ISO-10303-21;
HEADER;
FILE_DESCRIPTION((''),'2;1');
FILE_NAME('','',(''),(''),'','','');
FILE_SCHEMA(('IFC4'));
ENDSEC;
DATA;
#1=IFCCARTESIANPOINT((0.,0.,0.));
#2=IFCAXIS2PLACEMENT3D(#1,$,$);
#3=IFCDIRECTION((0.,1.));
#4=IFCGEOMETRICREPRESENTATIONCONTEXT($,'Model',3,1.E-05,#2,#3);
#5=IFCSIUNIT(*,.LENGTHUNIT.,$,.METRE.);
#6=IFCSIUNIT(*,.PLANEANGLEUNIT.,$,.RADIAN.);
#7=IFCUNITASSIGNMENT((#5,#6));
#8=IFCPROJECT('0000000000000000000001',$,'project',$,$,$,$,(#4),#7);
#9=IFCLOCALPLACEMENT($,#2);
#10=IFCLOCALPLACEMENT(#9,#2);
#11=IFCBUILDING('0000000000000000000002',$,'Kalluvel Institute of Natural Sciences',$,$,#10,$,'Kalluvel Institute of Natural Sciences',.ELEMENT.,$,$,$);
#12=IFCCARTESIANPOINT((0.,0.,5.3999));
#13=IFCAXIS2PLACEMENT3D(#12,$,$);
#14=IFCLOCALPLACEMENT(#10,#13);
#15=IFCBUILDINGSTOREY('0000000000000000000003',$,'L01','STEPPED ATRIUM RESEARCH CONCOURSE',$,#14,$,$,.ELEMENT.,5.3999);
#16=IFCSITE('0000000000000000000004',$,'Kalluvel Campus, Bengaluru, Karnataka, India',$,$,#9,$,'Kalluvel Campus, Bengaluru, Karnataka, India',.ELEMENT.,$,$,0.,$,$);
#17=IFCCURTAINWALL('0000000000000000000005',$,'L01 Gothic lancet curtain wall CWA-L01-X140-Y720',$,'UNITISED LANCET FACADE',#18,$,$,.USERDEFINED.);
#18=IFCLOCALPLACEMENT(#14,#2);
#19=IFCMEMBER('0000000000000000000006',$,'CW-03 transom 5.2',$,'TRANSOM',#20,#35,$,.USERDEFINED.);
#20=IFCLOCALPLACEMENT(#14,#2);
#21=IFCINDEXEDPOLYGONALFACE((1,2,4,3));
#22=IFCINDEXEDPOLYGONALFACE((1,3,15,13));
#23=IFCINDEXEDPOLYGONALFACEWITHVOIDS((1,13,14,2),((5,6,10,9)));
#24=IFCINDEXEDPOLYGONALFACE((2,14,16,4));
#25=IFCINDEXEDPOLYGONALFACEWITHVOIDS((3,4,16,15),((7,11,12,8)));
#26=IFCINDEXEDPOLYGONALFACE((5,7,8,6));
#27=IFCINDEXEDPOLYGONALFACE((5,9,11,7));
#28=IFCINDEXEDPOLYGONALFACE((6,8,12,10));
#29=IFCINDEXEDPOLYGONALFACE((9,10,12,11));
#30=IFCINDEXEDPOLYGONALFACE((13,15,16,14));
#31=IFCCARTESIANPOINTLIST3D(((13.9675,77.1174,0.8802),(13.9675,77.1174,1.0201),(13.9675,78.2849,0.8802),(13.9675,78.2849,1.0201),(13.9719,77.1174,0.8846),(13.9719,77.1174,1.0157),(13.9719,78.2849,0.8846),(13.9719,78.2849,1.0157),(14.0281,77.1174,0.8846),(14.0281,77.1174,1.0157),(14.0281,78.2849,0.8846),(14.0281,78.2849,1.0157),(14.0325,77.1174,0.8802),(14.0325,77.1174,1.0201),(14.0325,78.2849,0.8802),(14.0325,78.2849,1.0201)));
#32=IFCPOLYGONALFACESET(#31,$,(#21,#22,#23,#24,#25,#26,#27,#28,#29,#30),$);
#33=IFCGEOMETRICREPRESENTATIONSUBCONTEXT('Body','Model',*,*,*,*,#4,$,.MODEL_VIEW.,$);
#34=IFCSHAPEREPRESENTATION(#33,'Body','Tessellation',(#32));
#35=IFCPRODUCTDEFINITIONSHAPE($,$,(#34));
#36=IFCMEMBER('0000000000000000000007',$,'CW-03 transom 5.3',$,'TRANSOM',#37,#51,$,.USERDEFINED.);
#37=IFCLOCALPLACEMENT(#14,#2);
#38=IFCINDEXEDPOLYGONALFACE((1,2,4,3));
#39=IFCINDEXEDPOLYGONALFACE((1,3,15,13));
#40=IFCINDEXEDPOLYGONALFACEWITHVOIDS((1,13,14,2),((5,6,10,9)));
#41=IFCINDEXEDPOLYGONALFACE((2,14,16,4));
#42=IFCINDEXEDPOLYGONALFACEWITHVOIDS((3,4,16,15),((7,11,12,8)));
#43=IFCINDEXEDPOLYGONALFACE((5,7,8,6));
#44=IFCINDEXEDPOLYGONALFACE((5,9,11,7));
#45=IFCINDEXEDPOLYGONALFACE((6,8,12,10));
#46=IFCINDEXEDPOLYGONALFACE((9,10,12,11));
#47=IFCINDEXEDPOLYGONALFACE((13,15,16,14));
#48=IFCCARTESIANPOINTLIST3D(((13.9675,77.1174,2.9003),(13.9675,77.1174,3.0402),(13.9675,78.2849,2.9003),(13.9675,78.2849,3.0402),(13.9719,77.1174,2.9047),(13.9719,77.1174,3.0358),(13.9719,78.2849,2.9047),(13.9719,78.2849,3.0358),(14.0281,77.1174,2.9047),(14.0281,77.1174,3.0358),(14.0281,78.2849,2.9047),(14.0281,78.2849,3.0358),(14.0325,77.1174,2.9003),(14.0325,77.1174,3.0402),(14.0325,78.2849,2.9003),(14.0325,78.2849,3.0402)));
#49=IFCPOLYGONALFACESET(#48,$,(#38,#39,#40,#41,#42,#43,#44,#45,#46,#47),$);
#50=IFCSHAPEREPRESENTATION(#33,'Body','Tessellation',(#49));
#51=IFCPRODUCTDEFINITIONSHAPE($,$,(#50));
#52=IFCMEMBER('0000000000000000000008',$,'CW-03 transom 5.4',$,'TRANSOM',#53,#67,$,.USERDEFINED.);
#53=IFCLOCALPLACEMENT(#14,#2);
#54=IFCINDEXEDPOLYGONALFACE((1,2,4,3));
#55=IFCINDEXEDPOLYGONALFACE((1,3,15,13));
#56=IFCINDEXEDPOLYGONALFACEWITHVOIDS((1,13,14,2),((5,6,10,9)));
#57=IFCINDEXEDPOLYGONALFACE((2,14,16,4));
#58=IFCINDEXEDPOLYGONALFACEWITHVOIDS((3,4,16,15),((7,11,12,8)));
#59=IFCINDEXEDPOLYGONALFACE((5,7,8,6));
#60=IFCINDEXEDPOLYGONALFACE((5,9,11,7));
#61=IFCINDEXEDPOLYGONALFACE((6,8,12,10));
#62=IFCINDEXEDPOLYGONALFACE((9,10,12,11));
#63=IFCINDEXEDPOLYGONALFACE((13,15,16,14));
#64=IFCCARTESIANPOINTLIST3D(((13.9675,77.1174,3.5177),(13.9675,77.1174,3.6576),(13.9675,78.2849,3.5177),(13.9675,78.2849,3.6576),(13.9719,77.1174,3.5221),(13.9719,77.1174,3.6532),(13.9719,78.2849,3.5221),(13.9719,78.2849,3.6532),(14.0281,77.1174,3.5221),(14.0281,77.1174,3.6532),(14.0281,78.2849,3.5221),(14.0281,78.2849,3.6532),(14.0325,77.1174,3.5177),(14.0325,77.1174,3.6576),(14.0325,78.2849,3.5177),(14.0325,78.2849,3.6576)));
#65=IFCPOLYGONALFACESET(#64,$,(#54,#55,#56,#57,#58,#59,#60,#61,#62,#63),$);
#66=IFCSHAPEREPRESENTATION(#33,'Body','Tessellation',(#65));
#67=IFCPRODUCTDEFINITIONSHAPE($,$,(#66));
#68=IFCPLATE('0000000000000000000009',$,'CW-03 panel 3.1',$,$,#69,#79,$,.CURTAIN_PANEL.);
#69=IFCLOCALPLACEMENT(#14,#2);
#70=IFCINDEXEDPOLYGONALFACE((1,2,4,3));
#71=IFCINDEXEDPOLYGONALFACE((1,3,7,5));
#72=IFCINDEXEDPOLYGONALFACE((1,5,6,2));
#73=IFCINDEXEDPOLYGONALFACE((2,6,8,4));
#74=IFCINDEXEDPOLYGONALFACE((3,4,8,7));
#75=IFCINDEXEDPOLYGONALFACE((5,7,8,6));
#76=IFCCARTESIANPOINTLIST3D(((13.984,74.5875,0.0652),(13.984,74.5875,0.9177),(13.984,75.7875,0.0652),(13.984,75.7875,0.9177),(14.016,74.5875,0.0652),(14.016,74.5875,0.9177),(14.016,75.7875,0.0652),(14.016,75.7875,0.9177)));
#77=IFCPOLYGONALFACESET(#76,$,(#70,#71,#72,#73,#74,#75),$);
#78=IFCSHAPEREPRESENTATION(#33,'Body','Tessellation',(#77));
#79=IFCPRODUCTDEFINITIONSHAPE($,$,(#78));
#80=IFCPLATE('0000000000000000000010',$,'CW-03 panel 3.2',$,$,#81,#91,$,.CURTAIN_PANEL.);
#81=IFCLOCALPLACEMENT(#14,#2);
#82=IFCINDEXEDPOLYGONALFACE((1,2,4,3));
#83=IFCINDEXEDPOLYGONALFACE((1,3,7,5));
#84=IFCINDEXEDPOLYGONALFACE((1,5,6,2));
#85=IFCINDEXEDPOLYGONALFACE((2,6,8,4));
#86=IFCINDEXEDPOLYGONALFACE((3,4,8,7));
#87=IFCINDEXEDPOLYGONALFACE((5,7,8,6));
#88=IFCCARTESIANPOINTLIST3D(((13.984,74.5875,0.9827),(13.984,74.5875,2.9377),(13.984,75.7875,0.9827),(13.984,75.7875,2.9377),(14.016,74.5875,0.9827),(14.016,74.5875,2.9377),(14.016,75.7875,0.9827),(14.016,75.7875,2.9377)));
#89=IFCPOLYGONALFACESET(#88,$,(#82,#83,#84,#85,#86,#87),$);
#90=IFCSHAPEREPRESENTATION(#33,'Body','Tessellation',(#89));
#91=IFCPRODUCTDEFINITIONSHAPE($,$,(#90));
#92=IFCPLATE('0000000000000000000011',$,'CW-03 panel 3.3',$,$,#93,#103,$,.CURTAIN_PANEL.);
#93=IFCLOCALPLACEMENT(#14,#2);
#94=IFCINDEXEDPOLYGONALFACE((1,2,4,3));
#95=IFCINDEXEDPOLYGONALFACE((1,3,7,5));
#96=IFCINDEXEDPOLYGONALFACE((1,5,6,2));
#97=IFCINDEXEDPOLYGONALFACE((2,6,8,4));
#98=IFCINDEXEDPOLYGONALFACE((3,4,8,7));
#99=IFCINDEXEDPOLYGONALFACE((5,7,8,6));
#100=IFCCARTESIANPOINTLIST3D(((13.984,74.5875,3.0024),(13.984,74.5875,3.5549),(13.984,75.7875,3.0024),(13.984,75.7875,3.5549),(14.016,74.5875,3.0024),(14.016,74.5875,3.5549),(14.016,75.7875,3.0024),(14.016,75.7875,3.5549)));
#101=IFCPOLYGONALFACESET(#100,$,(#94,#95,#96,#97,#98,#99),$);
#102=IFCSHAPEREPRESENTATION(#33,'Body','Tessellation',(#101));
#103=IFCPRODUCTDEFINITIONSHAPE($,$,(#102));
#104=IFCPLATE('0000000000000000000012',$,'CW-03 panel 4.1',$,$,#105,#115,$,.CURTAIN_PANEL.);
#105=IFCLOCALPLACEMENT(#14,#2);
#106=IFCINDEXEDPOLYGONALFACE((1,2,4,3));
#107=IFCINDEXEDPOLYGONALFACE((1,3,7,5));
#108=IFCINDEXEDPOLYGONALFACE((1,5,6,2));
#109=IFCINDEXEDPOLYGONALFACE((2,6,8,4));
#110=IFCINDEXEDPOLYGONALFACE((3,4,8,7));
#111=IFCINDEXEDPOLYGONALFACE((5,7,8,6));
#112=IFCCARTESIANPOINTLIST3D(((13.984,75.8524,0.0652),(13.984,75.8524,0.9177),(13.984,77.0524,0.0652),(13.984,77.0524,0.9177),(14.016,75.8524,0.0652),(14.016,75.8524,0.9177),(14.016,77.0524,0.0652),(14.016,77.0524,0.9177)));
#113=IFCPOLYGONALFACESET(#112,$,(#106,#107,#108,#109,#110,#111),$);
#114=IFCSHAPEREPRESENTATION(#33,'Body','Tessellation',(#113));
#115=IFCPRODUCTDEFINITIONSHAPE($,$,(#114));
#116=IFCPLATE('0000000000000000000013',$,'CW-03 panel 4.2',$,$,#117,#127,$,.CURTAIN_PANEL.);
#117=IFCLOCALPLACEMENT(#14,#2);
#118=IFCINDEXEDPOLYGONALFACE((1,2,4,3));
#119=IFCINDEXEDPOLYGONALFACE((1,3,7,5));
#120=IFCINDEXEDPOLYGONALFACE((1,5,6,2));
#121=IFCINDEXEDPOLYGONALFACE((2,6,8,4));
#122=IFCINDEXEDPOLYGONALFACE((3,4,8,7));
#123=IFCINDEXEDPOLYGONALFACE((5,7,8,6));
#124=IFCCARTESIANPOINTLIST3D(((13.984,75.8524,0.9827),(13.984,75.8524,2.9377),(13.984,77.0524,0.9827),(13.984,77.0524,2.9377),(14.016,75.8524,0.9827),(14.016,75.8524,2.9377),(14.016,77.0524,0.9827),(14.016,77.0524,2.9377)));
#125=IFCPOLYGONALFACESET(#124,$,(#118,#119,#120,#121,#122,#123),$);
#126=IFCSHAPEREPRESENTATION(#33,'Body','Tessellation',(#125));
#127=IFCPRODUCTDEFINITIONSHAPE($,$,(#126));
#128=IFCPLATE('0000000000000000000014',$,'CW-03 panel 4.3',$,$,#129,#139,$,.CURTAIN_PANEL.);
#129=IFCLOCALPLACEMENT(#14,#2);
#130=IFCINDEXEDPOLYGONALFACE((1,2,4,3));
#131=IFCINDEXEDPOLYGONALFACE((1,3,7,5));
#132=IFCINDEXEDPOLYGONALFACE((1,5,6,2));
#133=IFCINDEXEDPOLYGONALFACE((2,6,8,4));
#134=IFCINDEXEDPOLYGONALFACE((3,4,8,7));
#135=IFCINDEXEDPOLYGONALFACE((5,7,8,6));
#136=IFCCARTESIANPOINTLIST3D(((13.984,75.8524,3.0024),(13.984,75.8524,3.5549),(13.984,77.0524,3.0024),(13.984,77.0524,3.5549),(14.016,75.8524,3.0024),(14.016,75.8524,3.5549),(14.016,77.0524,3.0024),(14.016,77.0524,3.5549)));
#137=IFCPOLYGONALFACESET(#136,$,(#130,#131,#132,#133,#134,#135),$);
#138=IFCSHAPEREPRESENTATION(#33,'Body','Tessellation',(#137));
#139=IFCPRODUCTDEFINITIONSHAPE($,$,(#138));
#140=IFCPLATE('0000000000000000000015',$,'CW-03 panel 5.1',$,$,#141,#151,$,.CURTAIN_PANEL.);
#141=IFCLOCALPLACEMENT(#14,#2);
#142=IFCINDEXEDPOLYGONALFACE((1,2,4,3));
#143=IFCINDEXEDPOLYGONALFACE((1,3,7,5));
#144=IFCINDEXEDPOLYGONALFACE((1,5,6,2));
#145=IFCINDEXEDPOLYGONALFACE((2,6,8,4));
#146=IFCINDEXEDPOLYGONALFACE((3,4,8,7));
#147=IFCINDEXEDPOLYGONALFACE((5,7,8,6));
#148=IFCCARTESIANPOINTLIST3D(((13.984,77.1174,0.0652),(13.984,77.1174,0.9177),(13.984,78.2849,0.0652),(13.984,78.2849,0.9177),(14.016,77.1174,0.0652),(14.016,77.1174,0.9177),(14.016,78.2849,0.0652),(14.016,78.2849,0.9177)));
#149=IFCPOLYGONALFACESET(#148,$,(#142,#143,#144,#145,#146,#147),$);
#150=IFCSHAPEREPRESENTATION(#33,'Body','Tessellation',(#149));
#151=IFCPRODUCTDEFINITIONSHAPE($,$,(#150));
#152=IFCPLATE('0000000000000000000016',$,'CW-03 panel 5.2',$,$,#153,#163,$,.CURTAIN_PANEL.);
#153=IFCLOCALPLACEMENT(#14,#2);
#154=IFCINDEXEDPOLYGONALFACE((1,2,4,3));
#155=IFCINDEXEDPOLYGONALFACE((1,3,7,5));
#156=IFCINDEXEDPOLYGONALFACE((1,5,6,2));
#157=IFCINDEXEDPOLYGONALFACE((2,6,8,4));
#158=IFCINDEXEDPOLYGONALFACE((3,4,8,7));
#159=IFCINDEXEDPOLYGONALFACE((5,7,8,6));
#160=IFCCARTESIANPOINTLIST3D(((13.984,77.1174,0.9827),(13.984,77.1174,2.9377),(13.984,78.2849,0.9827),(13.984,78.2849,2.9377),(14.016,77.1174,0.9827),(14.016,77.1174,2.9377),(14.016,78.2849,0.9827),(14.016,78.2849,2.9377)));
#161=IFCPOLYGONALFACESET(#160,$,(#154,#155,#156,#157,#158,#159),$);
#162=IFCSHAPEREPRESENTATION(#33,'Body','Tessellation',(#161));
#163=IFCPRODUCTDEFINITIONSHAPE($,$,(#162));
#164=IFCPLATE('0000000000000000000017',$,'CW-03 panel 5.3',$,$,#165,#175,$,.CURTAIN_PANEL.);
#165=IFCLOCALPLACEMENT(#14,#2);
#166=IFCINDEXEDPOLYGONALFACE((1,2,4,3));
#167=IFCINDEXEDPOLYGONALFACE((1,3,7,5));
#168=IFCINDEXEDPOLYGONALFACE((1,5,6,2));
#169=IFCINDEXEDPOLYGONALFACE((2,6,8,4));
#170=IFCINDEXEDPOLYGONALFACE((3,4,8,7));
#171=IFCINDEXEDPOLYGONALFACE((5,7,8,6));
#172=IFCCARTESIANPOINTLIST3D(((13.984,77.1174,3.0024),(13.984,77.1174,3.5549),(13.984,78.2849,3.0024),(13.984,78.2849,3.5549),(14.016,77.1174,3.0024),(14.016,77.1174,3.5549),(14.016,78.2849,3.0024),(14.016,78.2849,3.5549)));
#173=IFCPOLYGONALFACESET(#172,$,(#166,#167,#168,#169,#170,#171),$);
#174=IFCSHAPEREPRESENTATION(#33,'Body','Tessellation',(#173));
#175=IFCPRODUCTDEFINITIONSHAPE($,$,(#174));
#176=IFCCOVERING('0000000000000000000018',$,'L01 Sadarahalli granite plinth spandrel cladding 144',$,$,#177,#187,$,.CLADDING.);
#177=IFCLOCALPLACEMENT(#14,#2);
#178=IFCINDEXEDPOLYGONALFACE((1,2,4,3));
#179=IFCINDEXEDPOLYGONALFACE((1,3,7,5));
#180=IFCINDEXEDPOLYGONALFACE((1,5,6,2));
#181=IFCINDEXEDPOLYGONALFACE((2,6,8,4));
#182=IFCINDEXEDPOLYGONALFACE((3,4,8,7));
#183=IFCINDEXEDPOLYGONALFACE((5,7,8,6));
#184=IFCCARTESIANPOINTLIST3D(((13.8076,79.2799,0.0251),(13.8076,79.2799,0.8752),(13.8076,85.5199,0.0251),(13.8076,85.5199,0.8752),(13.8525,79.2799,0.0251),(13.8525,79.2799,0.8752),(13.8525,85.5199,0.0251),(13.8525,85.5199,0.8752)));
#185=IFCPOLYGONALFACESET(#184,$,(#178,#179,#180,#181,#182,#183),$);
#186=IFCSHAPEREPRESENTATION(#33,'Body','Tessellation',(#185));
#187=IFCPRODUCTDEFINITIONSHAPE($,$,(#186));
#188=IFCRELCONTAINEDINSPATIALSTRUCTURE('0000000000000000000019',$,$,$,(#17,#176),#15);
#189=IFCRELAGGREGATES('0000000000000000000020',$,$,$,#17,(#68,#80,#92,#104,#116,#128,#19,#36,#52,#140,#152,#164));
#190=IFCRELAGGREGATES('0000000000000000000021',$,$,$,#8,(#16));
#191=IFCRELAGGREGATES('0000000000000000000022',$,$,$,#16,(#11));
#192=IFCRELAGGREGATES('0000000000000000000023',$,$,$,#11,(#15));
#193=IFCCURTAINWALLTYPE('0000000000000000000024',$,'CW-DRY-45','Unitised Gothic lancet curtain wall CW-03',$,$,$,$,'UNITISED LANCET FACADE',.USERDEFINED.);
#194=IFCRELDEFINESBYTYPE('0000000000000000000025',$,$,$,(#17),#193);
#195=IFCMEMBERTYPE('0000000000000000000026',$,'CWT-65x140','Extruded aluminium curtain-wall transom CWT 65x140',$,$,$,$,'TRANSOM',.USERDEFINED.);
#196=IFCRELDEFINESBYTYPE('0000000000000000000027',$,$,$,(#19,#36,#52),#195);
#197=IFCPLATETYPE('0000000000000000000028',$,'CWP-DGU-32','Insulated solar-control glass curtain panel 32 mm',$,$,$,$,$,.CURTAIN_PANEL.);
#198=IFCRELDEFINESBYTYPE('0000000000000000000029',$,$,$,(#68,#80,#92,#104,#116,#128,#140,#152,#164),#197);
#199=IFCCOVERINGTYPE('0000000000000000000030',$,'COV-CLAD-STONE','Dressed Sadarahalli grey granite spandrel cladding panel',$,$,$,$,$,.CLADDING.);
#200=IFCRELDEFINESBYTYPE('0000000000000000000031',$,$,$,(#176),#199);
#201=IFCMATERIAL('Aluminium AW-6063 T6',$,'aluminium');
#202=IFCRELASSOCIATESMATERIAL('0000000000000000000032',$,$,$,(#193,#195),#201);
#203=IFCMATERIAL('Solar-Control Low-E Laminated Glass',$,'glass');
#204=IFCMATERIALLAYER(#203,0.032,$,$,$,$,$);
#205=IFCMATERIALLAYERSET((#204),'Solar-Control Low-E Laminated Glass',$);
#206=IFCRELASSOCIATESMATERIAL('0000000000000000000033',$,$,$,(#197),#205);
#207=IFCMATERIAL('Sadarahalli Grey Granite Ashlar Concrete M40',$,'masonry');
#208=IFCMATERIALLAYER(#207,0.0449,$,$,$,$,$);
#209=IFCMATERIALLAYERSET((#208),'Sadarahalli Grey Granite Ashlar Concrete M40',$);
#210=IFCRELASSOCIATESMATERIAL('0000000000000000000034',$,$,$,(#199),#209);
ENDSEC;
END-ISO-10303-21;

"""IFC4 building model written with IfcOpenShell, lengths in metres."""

from ifc_helpers import new_model, si_unit, direction, frame, origin, origin_2d, place, context, subcontext, project, spatial, rectangle, hollow_rectangle, extrude, material, layer, layer_set, material_profile, profile_set, type_object, element, aggregate, save


model = new_model("IFC4")

# Units and contexts
model_context = context("Model", 3, precision=1e-05, world=origin(), true_north=direction((0.0, 1.0)))
body_context = subcontext(model_context, "Body", "Model", "MODEL_VIEW")
ifc_project = project(units=[si_unit("LENGTHUNIT", "METRE"), si_unit("PLANEANGLEUNIT", "RADIAN")], contexts=[model_context])

# Site, building, storey
site_placement = place(None, origin())
site = spatial("IfcSite", under=ifc_project, at=site_placement, Name="Kalluvel Campus, Bengaluru, Karnataka, India", LongName="Kalluvel Campus, Bengaluru, Karnataka, India", CompositionType="ELEMENT", RefElevation=0.0)
building_placement = place(site_placement, origin())
building = spatial("IfcBuilding", under=site, at=building_placement, Name="Kalluvel Institute of Natural Sciences", LongName="Kalluvel Institute of Natural Sciences", CompositionType="ELEMENT")
storey_placement = place(building_placement, frame((0.0, 0.0, 5.3999)))
storey = spatial("IfcBuildingStorey", under=building, at=storey_placement, Name="L01", Description="STEPPED ATRIUM RESEARCH CONCOURSE", CompositionType="ELEMENT", Elevation=5.3999)

# Curtain wall, members, plates
ifc_material_1 = material(Name="Aluminium AW-6063 T6", Category="aluminium")
curtain_wall_type = type_object("IfcCurtainWallType", Name="CW-DRY-45", Description="Unitised Gothic lancet curtain wall CW-03", ElementType="UNITISED LANCET FACADE", PredefinedType="USERDEFINED", material=ifc_material_1)
curtain_wall_placement = place(storey_placement, origin())
curtain_wall = element("IfcCurtainWall", 1, at=curtain_wall_placement, inside=storey, type_object=curtain_wall_type, Name="L01 Gothic lancet curtain wall CWA-L01-X140-Y720", ObjectType="UNITISED LANCET FACADE", PredefinedType="USERDEFINED")
ifc_material_profile_1 = material_profile(ifc_material_1, hollow_rectangle(XDim=0.0649, YDim=0.1399, WallThickness=0.0044, at=origin_2d()), Name="CWT 65x140")
ifc_profile_set_1 = profile_set([ifc_material_profile_1], Name="Aluminium AW-6063 T6")
member_type_1 = type_object("IfcMemberType", Name="CWT-65x140", Description="Extruded aluminium curtain-wall transom CWT 65x140", ElementType="TRANSOM", PredefinedType="USERDEFINED", material=ifc_profile_set_1)
member_1_placement = place(storey_placement, frame((14.0, 77.1174, 0.9502), z_axis=(0.0, 1.0, 0.0), x_axis=(-1.0, 0.0, 0.0)))
member_1 = element("IfcMember", 2, at=member_1_placement, type_object=member_type_1, Name="CW-03 transom 5.2", ObjectType="TRANSOM", PredefinedType="USERDEFINED", context=body_context, shape_type="SweptSolid", body=[
    extrude(hollow_rectangle(XDim=0.0649, YDim=0.1399, WallThickness=0.0044, at=origin_2d()), origin(), (0.0, 0.0, 1.0), 1.1675),
])
member_2_placement = place(storey_placement, frame((14.0, 77.1174, 2.9702), z_axis=(0.0, 1.0, 0.0), x_axis=(-1.0, 0.0, 0.0)))
member_2 = element("IfcMember", 3, at=member_2_placement, type_object=member_type_1, Name="CW-03 transom 5.3", ObjectType="TRANSOM", PredefinedType="USERDEFINED", context=body_context, shape_type="SweptSolid", body=[
    extrude(hollow_rectangle(XDim=0.0649, YDim=0.1399, WallThickness=0.0044, at=origin_2d()), origin(), (0.0, 0.0, 1.0), 1.1675),
])
member_3_placement = place(storey_placement, frame((14.0, 77.1174, 3.5876), z_axis=(0.0, 1.0, 0.0), x_axis=(-1.0, 0.0, 0.0)))
member_3 = element("IfcMember", 4, at=member_3_placement, type_object=member_type_1, Name="CW-03 transom 5.4", ObjectType="TRANSOM", PredefinedType="USERDEFINED", context=body_context, shape_type="SweptSolid", body=[
    extrude(hollow_rectangle(XDim=0.0649, YDim=0.1399, WallThickness=0.0044, at=origin_2d()), origin(), (0.0, 0.0, 1.0), 1.1675),
])
ifc_material_2 = material(Name="Solar-Control Low-E Laminated Glass", Category="glass")
ifc_layer_1 = layer(ifc_material_2, 0.032)
ifc_layer_set_1 = layer_set([ifc_layer_1], Name="Solar-Control Low-E Laminated Glass")
plate_type = type_object("IfcPlateType", Name="CWP-DGU-32", Description="Insulated solar-control glass curtain panel 32 mm", PredefinedType="CURTAIN_PANEL", material=ifc_layer_set_1)
plate_1_placement = place(storey_placement, frame((14.0, 75.1875, 0.0652), z_axis=(0.0, 0.0, 1.0), x_axis=(0.0, 1.0, 0.0)))
plate_1 = element("IfcPlate", 5, at=plate_1_placement, type_object=plate_type, Name="CW-03 panel 3.1", PredefinedType="CURTAIN_PANEL", context=body_context, shape_type="SweptSolid", body=[
    extrude(rectangle(XDim=1.2, YDim=0.032, at=origin_2d()), origin(), (0.0, 0.0, 1.0), 0.8525),
])
plate_2_placement = place(storey_placement, frame((14.0, 75.1875, 0.9827), z_axis=(0.0, 0.0, 1.0), x_axis=(0.0, 1.0, 0.0)))
plate_2 = element("IfcPlate", 6, at=plate_2_placement, type_object=plate_type, Name="CW-03 panel 3.2", PredefinedType="CURTAIN_PANEL", context=body_context, shape_type="SweptSolid", body=[
    extrude(rectangle(XDim=1.2, YDim=0.032, at=origin_2d()), origin(), (0.0, 0.0, 1.0), 1.9551),
])
plate_3_placement = place(storey_placement, frame((14.0, 75.1875, 3.0024), z_axis=(0.0, 0.0, 1.0), x_axis=(0.0, 1.0, 0.0)))
plate_3 = element("IfcPlate", 7, at=plate_3_placement, type_object=plate_type, Name="CW-03 panel 3.3", PredefinedType="CURTAIN_PANEL", context=body_context, shape_type="SweptSolid", body=[
    extrude(rectangle(XDim=1.2, YDim=0.032, at=origin_2d()), origin(), (0.0, 0.0, 1.0), 0.5525),
])
plate_4_placement = place(storey_placement, frame((14.0, 76.4524, 0.0652), z_axis=(0.0, 0.0, 1.0), x_axis=(0.0, 1.0, 0.0)))
plate_4 = element("IfcPlate", 8, at=plate_4_placement, type_object=plate_type, Name="CW-03 panel 4.1", PredefinedType="CURTAIN_PANEL", context=body_context, shape_type="SweptSolid", body=[
    extrude(rectangle(XDim=1.2, YDim=0.032, at=origin_2d()), origin(), (0.0, 0.0, 1.0), 0.8525),
])
plate_5_placement = place(storey_placement, frame((14.0, 76.4524, 0.9827), z_axis=(0.0, 0.0, 1.0), x_axis=(0.0, 1.0, 0.0)))
plate_5 = element("IfcPlate", 9, at=plate_5_placement, type_object=plate_type, Name="CW-03 panel 4.2", PredefinedType="CURTAIN_PANEL", context=body_context, shape_type="SweptSolid", body=[
    extrude(rectangle(XDim=1.2, YDim=0.032, at=origin_2d()), origin(), (0.0, 0.0, 1.0), 1.9551),
])
plate_6_placement = place(storey_placement, frame((14.0, 76.4524, 3.0024), z_axis=(0.0, 0.0, 1.0), x_axis=(0.0, 1.0, 0.0)))
plate_6 = element("IfcPlate", 10, at=plate_6_placement, type_object=plate_type, Name="CW-03 panel 4.3", PredefinedType="CURTAIN_PANEL", context=body_context, shape_type="SweptSolid", body=[
    extrude(rectangle(XDim=1.2, YDim=0.032, at=origin_2d()), origin(), (0.0, 0.0, 1.0), 0.5525),
])
plate_7_placement = place(storey_placement, frame((14.0, 77.7012, 0.0652), z_axis=(0.0, 0.0, 1.0), x_axis=(0.0, 1.0, 0.0)))
plate_7 = element("IfcPlate", 11, at=plate_7_placement, type_object=plate_type, Name="CW-03 panel 5.1", PredefinedType="CURTAIN_PANEL", context=body_context, shape_type="SweptSolid", body=[
    extrude(rectangle(XDim=1.1675, YDim=0.032, at=origin_2d()), origin(), (0.0, 0.0, 1.0), 0.8525),
])
plate_8_placement = place(storey_placement, frame((14.0, 77.7012, 0.9827), z_axis=(0.0, 0.0, 1.0), x_axis=(0.0, 1.0, 0.0)))
plate_8 = element("IfcPlate", 12, at=plate_8_placement, type_object=plate_type, Name="CW-03 panel 5.2", PredefinedType="CURTAIN_PANEL", context=body_context, shape_type="SweptSolid", body=[
    extrude(rectangle(XDim=1.1675, YDim=0.032, at=origin_2d()), origin(), (0.0, 0.0, 1.0), 1.9551),
])
plate_9_placement = place(storey_placement, frame((14.0, 77.7012, 3.0024), z_axis=(0.0, 0.0, 1.0), x_axis=(0.0, 1.0, 0.0)))
plate_9 = element("IfcPlate", 13, at=plate_9_placement, type_object=plate_type, Name="CW-03 panel 5.3", PredefinedType="CURTAIN_PANEL", context=body_context, shape_type="SweptSolid", body=[
    extrude(rectangle(XDim=1.1675, YDim=0.032, at=origin_2d()), origin(), (0.0, 0.0, 1.0), 0.5525),
])
aggregate(curtain_wall, [plate_1, plate_2, plate_3, plate_4, plate_5, plate_6, member_1, member_2, member_3, plate_7, plate_8, plate_9])

# Covering
ifc_material_3 = material(Name="Sadarahalli Grey Granite Ashlar Concrete M40", Category="masonry")
ifc_layer_2 = layer(ifc_material_3, 0.0449)
ifc_layer_set_2 = layer_set([ifc_layer_2], Name="Sadarahalli Grey Granite Ashlar Concrete M40")
covering_type = type_object("IfcCoveringType", Name="COV-CLAD-STONE", Description="Dressed Sadarahalli grey granite spandrel cladding panel", PredefinedType="CLADDING", material=ifc_layer_set_2)
covering_placement = place(storey_placement, frame((13.8301, 82.3999, 0.0251), z_axis=(0.0, 0.0, 1.0), x_axis=(0.0, 1.0, 0.0)))
element("IfcCovering", 14, at=covering_placement, inside=storey, type_object=covering_type, Name="L01 Sadarahalli granite plinth spandrel cladding 144", PredefinedType="CLADDING", context=body_context, shape_type="SweptSolid", body=[
    extrude(rectangle(XDim=6.24, YDim=0.0449, at=origin_2d()), origin(), (0.0, 0.0, 1.0), 0.8501),
])

save(model, "model.ifc")
